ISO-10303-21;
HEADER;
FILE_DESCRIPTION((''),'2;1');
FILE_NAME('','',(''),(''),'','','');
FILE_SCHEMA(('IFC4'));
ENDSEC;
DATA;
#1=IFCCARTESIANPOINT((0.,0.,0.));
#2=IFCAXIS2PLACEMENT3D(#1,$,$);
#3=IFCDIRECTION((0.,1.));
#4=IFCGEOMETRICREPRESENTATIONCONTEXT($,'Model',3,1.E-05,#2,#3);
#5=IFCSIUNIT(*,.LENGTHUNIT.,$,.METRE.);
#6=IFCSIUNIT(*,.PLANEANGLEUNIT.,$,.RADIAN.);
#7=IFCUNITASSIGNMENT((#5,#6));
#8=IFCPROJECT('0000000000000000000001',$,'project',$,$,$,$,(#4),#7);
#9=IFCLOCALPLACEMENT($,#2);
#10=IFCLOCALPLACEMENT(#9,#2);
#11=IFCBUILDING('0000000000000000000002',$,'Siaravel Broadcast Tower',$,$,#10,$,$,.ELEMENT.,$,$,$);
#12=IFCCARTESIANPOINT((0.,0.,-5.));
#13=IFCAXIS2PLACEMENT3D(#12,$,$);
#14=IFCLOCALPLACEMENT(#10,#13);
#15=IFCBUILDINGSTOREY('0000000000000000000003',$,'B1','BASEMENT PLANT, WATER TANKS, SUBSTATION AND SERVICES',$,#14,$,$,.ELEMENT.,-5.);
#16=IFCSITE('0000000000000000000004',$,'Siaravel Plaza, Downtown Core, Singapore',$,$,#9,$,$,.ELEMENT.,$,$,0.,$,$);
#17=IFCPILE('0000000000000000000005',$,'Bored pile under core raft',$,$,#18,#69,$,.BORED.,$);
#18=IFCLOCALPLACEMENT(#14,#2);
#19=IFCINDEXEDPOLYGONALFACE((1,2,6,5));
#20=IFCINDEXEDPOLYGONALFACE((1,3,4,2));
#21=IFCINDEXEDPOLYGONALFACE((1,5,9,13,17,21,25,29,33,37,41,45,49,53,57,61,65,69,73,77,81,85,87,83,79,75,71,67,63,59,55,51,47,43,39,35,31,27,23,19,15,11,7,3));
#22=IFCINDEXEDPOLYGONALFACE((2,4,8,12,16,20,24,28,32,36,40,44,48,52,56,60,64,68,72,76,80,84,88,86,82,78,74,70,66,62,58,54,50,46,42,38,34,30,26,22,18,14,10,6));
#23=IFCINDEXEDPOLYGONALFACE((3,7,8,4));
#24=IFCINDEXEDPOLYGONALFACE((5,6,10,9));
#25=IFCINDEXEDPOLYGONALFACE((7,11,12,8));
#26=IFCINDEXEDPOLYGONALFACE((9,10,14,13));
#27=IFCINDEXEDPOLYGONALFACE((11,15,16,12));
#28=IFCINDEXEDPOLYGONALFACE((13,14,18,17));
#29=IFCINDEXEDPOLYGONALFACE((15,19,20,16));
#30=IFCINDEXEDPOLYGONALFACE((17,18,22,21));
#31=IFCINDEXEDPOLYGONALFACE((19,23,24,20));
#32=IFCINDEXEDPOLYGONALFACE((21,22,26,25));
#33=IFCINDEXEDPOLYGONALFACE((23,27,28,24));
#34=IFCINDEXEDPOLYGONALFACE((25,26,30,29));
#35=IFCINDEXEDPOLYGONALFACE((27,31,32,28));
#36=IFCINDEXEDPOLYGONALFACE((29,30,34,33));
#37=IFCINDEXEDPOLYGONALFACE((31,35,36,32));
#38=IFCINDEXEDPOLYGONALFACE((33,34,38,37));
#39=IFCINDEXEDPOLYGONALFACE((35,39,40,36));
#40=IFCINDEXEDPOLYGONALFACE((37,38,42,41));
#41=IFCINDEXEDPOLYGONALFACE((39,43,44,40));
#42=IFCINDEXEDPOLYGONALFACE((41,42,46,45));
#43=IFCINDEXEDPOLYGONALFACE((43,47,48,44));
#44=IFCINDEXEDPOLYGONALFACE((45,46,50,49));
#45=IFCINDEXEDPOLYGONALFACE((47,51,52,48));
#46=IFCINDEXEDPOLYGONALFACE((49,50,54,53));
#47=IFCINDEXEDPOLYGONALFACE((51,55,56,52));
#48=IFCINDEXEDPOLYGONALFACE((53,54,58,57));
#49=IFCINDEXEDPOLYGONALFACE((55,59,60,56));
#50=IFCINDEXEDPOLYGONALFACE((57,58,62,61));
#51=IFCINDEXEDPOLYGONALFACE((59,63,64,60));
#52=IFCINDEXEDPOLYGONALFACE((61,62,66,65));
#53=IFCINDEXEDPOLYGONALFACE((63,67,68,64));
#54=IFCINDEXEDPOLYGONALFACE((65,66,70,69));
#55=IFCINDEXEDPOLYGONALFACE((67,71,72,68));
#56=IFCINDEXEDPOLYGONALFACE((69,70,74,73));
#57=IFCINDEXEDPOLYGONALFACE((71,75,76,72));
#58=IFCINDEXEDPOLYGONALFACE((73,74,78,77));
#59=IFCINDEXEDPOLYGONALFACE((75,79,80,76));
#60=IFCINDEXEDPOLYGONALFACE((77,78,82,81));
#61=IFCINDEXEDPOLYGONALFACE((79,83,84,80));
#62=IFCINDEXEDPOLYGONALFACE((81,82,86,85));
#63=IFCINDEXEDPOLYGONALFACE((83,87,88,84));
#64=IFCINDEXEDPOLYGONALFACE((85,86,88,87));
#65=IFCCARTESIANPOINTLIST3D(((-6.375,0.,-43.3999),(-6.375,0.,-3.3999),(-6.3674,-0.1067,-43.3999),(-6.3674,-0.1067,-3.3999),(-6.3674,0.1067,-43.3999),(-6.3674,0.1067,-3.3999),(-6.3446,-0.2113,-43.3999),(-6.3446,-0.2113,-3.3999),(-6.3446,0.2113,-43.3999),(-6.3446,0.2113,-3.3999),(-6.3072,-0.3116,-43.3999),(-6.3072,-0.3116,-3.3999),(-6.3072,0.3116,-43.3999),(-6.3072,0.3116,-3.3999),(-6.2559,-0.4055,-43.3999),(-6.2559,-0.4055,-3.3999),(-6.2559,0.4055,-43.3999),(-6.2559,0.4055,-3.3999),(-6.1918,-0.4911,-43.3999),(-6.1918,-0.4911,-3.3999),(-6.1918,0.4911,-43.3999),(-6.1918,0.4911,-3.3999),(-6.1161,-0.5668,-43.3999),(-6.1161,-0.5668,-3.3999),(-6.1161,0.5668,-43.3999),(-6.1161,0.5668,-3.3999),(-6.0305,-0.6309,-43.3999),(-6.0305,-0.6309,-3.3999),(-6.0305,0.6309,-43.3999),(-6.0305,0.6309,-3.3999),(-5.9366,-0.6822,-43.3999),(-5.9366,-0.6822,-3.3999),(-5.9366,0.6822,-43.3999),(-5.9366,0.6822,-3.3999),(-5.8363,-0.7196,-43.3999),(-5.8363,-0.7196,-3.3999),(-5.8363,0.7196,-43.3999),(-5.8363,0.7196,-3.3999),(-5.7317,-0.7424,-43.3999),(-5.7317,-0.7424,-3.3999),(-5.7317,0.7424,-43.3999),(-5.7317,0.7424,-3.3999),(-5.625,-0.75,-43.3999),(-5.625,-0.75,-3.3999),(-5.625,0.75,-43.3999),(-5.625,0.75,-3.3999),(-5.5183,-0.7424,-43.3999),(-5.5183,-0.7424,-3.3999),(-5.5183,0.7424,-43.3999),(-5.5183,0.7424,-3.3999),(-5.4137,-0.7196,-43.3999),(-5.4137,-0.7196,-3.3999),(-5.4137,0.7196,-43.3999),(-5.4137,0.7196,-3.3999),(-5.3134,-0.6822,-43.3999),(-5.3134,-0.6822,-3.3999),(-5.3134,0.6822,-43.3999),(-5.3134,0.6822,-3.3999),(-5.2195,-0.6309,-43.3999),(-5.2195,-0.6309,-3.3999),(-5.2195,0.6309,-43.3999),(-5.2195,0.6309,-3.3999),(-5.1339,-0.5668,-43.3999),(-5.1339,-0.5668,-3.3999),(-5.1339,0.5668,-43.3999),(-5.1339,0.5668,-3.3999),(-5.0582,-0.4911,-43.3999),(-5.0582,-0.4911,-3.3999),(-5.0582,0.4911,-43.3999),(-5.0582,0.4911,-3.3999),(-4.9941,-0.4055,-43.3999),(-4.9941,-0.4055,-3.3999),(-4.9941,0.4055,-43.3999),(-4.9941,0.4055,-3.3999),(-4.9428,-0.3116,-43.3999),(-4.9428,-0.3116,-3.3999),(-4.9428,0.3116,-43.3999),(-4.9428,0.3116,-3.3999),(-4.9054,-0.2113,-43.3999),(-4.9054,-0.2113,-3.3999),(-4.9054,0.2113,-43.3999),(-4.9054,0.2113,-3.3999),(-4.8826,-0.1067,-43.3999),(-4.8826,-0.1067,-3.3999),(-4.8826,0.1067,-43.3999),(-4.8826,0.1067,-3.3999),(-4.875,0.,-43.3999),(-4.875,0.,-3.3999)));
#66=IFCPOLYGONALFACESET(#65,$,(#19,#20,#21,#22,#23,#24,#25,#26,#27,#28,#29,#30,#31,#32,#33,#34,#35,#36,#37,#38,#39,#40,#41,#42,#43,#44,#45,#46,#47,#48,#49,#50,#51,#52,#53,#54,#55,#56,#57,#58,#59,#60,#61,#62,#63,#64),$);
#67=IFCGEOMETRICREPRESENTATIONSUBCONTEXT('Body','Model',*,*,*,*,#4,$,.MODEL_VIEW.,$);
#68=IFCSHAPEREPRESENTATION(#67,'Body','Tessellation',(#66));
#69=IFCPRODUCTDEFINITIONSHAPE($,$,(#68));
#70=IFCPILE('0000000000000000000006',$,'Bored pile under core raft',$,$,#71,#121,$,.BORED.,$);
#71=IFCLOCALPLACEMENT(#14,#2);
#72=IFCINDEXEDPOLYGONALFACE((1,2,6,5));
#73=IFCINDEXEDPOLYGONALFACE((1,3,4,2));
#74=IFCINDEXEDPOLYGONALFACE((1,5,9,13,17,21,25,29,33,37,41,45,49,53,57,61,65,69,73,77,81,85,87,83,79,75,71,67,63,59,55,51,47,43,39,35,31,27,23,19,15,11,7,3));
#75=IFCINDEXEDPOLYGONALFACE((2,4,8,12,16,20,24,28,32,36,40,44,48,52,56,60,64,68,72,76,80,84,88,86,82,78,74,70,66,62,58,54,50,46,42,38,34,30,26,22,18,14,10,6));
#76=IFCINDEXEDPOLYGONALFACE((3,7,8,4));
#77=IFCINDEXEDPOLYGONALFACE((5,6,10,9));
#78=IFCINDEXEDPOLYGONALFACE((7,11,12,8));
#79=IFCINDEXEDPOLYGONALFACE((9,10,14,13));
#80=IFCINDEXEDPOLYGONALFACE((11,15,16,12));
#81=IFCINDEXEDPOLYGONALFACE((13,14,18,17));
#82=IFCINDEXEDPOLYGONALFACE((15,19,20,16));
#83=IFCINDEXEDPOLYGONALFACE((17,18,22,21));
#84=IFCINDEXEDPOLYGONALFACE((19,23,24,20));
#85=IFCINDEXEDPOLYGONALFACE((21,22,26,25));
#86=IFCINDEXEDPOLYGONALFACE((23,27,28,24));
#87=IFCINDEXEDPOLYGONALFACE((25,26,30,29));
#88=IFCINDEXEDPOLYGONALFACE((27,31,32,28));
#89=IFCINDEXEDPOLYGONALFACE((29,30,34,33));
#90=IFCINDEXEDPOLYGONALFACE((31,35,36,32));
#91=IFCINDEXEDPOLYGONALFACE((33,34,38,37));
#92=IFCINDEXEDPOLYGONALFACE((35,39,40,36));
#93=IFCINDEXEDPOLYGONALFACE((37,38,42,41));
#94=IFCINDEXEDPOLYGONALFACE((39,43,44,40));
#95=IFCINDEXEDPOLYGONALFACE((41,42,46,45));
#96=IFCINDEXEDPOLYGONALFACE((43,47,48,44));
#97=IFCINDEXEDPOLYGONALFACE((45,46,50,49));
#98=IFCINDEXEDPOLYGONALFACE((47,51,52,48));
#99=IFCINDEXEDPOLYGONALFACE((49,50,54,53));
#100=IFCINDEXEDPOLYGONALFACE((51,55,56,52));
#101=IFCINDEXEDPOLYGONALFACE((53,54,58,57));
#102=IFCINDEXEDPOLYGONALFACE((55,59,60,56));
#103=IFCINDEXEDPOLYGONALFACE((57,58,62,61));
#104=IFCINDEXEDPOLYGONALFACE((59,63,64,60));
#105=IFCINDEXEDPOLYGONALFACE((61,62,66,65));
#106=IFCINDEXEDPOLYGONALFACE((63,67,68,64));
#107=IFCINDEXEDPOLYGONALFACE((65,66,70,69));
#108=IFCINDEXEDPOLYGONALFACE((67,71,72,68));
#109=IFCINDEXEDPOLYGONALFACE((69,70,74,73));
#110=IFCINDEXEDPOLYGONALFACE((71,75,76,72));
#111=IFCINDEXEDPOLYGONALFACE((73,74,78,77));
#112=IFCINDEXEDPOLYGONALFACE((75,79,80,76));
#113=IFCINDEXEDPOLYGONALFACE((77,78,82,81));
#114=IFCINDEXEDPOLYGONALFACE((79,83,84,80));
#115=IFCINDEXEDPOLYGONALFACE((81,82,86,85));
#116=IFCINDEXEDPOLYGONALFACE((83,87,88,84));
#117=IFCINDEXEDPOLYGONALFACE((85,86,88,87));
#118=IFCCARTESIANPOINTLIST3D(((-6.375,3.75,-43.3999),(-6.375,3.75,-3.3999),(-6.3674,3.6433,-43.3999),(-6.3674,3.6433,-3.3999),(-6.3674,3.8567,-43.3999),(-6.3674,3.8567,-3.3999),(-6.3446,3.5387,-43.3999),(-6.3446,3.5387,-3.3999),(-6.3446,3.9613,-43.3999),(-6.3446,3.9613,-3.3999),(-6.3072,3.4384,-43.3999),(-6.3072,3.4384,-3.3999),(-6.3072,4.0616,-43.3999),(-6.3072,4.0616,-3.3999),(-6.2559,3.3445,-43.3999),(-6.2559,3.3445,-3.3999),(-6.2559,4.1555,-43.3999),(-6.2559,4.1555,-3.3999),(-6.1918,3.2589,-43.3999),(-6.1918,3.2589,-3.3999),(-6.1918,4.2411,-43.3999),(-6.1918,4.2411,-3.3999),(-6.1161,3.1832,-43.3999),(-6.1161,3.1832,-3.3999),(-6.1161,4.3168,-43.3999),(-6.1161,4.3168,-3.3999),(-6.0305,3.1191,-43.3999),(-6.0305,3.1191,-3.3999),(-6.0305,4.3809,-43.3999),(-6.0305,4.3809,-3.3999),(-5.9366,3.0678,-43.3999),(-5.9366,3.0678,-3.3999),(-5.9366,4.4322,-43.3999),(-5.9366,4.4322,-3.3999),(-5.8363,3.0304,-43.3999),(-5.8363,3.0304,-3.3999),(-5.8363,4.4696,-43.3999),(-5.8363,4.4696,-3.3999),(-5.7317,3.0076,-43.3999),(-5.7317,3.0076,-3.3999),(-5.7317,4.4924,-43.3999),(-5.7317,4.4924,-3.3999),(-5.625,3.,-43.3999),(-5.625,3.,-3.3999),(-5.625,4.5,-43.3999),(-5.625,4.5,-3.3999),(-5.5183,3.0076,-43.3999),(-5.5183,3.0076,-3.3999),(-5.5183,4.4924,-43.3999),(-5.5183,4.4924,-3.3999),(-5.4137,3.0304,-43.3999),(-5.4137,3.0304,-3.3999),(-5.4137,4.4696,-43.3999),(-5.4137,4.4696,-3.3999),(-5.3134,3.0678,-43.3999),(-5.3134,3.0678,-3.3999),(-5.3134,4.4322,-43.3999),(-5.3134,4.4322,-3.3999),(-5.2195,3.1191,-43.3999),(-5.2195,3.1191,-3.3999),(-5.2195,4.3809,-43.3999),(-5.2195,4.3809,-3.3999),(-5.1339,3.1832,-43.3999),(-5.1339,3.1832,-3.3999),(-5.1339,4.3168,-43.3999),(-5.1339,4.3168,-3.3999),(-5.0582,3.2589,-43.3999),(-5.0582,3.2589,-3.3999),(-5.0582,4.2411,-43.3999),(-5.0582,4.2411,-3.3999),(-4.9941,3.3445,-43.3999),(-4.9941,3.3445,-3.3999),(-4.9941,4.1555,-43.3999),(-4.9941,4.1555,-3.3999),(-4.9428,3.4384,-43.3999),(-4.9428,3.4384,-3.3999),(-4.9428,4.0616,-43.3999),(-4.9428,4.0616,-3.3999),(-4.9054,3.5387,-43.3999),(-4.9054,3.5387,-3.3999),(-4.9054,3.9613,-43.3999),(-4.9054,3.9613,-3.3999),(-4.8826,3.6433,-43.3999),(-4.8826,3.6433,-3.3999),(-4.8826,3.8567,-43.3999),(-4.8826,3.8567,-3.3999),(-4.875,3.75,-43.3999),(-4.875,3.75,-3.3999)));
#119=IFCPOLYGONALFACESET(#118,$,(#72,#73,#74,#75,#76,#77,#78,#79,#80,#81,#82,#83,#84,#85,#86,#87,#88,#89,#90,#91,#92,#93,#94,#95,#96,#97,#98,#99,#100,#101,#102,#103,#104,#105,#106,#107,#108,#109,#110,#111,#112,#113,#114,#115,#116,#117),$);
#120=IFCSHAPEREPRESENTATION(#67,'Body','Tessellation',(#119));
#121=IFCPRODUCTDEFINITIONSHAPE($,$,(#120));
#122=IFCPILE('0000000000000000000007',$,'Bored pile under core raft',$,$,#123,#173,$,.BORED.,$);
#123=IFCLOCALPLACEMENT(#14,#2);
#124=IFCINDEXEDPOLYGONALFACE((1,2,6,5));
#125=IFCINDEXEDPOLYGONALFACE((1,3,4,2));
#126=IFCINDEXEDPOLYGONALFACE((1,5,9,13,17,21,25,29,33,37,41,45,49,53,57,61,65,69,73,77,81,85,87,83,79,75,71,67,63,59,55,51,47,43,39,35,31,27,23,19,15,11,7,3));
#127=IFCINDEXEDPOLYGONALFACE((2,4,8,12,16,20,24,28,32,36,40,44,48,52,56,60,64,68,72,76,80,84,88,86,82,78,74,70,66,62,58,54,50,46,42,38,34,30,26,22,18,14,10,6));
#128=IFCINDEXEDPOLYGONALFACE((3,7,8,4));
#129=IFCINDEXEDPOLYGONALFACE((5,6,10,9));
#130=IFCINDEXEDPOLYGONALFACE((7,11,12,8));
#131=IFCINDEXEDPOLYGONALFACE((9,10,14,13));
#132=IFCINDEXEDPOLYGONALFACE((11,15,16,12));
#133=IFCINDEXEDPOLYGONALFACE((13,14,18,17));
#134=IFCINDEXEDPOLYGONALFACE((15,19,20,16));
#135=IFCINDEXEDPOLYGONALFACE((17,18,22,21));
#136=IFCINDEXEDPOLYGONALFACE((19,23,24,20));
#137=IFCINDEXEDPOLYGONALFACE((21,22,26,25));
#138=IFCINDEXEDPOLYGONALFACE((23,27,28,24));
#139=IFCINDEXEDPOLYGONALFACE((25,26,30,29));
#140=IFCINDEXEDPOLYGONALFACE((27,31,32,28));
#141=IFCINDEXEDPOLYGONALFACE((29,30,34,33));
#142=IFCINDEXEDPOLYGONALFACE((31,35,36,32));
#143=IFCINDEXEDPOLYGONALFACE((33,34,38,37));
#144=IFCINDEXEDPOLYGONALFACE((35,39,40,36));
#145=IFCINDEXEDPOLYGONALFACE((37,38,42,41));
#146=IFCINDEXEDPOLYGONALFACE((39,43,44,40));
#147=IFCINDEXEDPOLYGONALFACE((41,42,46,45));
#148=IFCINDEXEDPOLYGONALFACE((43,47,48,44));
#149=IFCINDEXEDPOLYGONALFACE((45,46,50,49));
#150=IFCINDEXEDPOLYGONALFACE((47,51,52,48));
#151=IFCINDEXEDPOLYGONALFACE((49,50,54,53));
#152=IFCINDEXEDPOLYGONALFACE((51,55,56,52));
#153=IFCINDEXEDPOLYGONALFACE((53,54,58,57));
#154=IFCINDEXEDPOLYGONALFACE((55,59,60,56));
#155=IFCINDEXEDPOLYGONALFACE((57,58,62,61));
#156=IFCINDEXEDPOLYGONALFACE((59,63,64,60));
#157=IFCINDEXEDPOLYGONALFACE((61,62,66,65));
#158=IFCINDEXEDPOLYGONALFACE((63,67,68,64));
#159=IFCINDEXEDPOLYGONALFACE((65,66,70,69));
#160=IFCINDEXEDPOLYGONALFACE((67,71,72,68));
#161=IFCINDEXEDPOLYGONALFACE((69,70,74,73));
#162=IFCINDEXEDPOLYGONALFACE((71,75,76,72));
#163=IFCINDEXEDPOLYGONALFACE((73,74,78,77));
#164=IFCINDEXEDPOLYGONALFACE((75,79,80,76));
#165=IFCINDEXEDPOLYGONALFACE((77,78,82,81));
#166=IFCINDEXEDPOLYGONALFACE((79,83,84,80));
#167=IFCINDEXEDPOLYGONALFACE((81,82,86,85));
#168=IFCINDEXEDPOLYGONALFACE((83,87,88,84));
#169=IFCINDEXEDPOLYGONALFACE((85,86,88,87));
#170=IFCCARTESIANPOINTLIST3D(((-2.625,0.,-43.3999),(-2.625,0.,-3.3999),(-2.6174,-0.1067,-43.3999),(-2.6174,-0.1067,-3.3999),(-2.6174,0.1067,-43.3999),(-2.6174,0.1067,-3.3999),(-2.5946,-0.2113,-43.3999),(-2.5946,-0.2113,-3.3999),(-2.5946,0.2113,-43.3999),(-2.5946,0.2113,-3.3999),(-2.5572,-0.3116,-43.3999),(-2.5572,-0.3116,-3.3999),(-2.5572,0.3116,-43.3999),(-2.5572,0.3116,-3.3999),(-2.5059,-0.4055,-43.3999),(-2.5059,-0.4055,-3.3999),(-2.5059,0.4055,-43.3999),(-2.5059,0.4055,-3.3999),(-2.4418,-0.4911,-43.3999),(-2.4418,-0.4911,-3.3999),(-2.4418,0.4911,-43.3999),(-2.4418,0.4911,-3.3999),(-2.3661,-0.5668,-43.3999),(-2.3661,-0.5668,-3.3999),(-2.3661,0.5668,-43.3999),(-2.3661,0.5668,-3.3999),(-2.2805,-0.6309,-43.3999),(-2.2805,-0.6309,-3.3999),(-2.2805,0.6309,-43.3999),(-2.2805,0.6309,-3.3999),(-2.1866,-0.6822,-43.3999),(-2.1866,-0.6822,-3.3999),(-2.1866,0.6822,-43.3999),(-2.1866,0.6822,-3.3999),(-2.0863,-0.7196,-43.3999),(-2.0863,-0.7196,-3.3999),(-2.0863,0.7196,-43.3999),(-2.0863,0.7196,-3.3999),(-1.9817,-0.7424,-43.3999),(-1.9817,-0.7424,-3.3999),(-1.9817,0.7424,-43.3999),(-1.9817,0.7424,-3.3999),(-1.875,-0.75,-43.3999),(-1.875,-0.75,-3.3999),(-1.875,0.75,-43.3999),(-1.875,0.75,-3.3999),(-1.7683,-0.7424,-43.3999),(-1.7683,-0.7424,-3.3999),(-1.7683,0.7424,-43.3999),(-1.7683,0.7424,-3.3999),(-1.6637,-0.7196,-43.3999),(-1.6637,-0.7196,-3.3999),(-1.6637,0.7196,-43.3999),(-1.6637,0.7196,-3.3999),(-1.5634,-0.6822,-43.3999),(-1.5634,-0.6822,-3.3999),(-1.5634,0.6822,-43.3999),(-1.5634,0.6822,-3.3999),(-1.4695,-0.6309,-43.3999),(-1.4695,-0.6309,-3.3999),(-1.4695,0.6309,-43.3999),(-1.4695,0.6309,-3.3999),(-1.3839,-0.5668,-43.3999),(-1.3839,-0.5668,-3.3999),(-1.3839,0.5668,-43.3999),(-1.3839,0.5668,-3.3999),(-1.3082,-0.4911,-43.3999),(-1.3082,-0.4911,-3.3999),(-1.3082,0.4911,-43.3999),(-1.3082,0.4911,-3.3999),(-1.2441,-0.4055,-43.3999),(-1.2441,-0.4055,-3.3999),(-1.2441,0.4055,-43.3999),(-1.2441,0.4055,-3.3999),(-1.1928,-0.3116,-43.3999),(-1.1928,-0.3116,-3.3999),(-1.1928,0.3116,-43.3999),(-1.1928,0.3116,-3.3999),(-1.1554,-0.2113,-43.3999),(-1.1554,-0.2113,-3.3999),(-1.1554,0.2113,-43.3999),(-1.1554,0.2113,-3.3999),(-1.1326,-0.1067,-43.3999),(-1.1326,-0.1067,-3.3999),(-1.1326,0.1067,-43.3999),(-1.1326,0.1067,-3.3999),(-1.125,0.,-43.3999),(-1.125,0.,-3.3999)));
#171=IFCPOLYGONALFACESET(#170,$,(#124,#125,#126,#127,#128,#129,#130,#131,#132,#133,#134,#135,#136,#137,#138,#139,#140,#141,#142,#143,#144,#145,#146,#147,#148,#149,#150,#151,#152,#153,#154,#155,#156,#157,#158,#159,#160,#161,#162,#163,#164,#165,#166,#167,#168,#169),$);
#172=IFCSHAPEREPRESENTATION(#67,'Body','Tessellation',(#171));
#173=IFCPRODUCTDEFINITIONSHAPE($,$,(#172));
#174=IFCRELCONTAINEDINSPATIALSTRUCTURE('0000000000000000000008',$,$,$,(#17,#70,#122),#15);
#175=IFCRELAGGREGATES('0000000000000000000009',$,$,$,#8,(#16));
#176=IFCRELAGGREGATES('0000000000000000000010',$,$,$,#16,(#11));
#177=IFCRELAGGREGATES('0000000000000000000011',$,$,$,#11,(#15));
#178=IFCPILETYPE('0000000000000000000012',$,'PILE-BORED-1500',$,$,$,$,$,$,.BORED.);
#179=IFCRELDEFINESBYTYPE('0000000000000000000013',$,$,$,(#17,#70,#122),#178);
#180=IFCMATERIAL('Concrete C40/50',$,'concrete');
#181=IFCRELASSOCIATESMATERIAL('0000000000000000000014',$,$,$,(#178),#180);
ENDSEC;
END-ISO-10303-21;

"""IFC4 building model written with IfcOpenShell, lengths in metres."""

from ifc_helpers import new_model, si_unit, direction, frame, origin, origin_2d, place, context, subcontext, project, spatial, circle, extrude, material, material_profile, profile_set, type_object, element, save


model = new_model("IFC4")

# Units and contexts
model_context = context("Model", 3, precision=1e-05, world=origin(), true_north=direction((0.0, 1.0)))
body_context = subcontext(model_context, "Body", "Model", "MODEL_VIEW")
ifc_project = project(units=[si_unit("LENGTHUNIT", "METRE"), si_unit("PLANEANGLEUNIT", "RADIAN")], contexts=[model_context])

# Site, building, storey
site_placement = place(None, origin())
site = spatial("IfcSite", under=ifc_project, at=site_placement, Name="Siaravel Plaza, Downtown Core, Singapore", CompositionType="ELEMENT", RefElevation=0.0)
building_placement = place(site_placement, origin())
building = spatial("IfcBuilding", under=site, at=building_placement, Name="Siaravel Broadcast Tower", CompositionType="ELEMENT")
storey_placement = place(building_placement, frame((0.0, 0.0, -5.0)))
storey = spatial("IfcBuildingStorey", under=building, at=storey_placement, Name="B1", Description="BASEMENT PLANT, WATER TANKS, SUBSTATION AND SERVICES", CompositionType="ELEMENT", Elevation=-5.0)

# Piles
ifc_material_1 = material(Name="Concrete C40/50", Category="concrete")
ifc_material_profile = material_profile(ifc_material_1, circle(Radius=0.75, at=origin_2d()))
ifc_profile_set = profile_set([ifc_material_profile], Name="Concrete C40/50")
pile_type = type_object("IfcPileType", Name="PILE-BORED-1500", PredefinedType="BORED", material=ifc_profile_set)
for number, where, z_axis, x_axis, name in (
    (1, (-5.625, 0.0, -3.3999), (0.0, 0.0, -1.0), (1.0, 0.0, 0.0), "Bored pile under core raft"),
    (2, (-5.625, 3.75, -3.3999), (0.0, 0.0, -1.0), (1.0, 0.0, 0.0), "Bored pile under core raft"),
    (3, (-1.875, 0.0, -3.3999), (0.0, 0.0, -1.0), (1.0, 0.0, 0.0), "Bored pile under core raft"),
):
    element("IfcPile", number, at=place(storey_placement, frame(where, z_axis=z_axis, x_axis=x_axis)), inside=storey, type_object=pile_type, Name=name, PredefinedType="BORED", context=body_context, shape_type="SweptSolid", body=[
        extrude(circle(Radius=0.75, at=origin_2d()), origin(), (0.0, 0.0, 1.0), 40.0),
    ])

save(model, "model.ifc")
